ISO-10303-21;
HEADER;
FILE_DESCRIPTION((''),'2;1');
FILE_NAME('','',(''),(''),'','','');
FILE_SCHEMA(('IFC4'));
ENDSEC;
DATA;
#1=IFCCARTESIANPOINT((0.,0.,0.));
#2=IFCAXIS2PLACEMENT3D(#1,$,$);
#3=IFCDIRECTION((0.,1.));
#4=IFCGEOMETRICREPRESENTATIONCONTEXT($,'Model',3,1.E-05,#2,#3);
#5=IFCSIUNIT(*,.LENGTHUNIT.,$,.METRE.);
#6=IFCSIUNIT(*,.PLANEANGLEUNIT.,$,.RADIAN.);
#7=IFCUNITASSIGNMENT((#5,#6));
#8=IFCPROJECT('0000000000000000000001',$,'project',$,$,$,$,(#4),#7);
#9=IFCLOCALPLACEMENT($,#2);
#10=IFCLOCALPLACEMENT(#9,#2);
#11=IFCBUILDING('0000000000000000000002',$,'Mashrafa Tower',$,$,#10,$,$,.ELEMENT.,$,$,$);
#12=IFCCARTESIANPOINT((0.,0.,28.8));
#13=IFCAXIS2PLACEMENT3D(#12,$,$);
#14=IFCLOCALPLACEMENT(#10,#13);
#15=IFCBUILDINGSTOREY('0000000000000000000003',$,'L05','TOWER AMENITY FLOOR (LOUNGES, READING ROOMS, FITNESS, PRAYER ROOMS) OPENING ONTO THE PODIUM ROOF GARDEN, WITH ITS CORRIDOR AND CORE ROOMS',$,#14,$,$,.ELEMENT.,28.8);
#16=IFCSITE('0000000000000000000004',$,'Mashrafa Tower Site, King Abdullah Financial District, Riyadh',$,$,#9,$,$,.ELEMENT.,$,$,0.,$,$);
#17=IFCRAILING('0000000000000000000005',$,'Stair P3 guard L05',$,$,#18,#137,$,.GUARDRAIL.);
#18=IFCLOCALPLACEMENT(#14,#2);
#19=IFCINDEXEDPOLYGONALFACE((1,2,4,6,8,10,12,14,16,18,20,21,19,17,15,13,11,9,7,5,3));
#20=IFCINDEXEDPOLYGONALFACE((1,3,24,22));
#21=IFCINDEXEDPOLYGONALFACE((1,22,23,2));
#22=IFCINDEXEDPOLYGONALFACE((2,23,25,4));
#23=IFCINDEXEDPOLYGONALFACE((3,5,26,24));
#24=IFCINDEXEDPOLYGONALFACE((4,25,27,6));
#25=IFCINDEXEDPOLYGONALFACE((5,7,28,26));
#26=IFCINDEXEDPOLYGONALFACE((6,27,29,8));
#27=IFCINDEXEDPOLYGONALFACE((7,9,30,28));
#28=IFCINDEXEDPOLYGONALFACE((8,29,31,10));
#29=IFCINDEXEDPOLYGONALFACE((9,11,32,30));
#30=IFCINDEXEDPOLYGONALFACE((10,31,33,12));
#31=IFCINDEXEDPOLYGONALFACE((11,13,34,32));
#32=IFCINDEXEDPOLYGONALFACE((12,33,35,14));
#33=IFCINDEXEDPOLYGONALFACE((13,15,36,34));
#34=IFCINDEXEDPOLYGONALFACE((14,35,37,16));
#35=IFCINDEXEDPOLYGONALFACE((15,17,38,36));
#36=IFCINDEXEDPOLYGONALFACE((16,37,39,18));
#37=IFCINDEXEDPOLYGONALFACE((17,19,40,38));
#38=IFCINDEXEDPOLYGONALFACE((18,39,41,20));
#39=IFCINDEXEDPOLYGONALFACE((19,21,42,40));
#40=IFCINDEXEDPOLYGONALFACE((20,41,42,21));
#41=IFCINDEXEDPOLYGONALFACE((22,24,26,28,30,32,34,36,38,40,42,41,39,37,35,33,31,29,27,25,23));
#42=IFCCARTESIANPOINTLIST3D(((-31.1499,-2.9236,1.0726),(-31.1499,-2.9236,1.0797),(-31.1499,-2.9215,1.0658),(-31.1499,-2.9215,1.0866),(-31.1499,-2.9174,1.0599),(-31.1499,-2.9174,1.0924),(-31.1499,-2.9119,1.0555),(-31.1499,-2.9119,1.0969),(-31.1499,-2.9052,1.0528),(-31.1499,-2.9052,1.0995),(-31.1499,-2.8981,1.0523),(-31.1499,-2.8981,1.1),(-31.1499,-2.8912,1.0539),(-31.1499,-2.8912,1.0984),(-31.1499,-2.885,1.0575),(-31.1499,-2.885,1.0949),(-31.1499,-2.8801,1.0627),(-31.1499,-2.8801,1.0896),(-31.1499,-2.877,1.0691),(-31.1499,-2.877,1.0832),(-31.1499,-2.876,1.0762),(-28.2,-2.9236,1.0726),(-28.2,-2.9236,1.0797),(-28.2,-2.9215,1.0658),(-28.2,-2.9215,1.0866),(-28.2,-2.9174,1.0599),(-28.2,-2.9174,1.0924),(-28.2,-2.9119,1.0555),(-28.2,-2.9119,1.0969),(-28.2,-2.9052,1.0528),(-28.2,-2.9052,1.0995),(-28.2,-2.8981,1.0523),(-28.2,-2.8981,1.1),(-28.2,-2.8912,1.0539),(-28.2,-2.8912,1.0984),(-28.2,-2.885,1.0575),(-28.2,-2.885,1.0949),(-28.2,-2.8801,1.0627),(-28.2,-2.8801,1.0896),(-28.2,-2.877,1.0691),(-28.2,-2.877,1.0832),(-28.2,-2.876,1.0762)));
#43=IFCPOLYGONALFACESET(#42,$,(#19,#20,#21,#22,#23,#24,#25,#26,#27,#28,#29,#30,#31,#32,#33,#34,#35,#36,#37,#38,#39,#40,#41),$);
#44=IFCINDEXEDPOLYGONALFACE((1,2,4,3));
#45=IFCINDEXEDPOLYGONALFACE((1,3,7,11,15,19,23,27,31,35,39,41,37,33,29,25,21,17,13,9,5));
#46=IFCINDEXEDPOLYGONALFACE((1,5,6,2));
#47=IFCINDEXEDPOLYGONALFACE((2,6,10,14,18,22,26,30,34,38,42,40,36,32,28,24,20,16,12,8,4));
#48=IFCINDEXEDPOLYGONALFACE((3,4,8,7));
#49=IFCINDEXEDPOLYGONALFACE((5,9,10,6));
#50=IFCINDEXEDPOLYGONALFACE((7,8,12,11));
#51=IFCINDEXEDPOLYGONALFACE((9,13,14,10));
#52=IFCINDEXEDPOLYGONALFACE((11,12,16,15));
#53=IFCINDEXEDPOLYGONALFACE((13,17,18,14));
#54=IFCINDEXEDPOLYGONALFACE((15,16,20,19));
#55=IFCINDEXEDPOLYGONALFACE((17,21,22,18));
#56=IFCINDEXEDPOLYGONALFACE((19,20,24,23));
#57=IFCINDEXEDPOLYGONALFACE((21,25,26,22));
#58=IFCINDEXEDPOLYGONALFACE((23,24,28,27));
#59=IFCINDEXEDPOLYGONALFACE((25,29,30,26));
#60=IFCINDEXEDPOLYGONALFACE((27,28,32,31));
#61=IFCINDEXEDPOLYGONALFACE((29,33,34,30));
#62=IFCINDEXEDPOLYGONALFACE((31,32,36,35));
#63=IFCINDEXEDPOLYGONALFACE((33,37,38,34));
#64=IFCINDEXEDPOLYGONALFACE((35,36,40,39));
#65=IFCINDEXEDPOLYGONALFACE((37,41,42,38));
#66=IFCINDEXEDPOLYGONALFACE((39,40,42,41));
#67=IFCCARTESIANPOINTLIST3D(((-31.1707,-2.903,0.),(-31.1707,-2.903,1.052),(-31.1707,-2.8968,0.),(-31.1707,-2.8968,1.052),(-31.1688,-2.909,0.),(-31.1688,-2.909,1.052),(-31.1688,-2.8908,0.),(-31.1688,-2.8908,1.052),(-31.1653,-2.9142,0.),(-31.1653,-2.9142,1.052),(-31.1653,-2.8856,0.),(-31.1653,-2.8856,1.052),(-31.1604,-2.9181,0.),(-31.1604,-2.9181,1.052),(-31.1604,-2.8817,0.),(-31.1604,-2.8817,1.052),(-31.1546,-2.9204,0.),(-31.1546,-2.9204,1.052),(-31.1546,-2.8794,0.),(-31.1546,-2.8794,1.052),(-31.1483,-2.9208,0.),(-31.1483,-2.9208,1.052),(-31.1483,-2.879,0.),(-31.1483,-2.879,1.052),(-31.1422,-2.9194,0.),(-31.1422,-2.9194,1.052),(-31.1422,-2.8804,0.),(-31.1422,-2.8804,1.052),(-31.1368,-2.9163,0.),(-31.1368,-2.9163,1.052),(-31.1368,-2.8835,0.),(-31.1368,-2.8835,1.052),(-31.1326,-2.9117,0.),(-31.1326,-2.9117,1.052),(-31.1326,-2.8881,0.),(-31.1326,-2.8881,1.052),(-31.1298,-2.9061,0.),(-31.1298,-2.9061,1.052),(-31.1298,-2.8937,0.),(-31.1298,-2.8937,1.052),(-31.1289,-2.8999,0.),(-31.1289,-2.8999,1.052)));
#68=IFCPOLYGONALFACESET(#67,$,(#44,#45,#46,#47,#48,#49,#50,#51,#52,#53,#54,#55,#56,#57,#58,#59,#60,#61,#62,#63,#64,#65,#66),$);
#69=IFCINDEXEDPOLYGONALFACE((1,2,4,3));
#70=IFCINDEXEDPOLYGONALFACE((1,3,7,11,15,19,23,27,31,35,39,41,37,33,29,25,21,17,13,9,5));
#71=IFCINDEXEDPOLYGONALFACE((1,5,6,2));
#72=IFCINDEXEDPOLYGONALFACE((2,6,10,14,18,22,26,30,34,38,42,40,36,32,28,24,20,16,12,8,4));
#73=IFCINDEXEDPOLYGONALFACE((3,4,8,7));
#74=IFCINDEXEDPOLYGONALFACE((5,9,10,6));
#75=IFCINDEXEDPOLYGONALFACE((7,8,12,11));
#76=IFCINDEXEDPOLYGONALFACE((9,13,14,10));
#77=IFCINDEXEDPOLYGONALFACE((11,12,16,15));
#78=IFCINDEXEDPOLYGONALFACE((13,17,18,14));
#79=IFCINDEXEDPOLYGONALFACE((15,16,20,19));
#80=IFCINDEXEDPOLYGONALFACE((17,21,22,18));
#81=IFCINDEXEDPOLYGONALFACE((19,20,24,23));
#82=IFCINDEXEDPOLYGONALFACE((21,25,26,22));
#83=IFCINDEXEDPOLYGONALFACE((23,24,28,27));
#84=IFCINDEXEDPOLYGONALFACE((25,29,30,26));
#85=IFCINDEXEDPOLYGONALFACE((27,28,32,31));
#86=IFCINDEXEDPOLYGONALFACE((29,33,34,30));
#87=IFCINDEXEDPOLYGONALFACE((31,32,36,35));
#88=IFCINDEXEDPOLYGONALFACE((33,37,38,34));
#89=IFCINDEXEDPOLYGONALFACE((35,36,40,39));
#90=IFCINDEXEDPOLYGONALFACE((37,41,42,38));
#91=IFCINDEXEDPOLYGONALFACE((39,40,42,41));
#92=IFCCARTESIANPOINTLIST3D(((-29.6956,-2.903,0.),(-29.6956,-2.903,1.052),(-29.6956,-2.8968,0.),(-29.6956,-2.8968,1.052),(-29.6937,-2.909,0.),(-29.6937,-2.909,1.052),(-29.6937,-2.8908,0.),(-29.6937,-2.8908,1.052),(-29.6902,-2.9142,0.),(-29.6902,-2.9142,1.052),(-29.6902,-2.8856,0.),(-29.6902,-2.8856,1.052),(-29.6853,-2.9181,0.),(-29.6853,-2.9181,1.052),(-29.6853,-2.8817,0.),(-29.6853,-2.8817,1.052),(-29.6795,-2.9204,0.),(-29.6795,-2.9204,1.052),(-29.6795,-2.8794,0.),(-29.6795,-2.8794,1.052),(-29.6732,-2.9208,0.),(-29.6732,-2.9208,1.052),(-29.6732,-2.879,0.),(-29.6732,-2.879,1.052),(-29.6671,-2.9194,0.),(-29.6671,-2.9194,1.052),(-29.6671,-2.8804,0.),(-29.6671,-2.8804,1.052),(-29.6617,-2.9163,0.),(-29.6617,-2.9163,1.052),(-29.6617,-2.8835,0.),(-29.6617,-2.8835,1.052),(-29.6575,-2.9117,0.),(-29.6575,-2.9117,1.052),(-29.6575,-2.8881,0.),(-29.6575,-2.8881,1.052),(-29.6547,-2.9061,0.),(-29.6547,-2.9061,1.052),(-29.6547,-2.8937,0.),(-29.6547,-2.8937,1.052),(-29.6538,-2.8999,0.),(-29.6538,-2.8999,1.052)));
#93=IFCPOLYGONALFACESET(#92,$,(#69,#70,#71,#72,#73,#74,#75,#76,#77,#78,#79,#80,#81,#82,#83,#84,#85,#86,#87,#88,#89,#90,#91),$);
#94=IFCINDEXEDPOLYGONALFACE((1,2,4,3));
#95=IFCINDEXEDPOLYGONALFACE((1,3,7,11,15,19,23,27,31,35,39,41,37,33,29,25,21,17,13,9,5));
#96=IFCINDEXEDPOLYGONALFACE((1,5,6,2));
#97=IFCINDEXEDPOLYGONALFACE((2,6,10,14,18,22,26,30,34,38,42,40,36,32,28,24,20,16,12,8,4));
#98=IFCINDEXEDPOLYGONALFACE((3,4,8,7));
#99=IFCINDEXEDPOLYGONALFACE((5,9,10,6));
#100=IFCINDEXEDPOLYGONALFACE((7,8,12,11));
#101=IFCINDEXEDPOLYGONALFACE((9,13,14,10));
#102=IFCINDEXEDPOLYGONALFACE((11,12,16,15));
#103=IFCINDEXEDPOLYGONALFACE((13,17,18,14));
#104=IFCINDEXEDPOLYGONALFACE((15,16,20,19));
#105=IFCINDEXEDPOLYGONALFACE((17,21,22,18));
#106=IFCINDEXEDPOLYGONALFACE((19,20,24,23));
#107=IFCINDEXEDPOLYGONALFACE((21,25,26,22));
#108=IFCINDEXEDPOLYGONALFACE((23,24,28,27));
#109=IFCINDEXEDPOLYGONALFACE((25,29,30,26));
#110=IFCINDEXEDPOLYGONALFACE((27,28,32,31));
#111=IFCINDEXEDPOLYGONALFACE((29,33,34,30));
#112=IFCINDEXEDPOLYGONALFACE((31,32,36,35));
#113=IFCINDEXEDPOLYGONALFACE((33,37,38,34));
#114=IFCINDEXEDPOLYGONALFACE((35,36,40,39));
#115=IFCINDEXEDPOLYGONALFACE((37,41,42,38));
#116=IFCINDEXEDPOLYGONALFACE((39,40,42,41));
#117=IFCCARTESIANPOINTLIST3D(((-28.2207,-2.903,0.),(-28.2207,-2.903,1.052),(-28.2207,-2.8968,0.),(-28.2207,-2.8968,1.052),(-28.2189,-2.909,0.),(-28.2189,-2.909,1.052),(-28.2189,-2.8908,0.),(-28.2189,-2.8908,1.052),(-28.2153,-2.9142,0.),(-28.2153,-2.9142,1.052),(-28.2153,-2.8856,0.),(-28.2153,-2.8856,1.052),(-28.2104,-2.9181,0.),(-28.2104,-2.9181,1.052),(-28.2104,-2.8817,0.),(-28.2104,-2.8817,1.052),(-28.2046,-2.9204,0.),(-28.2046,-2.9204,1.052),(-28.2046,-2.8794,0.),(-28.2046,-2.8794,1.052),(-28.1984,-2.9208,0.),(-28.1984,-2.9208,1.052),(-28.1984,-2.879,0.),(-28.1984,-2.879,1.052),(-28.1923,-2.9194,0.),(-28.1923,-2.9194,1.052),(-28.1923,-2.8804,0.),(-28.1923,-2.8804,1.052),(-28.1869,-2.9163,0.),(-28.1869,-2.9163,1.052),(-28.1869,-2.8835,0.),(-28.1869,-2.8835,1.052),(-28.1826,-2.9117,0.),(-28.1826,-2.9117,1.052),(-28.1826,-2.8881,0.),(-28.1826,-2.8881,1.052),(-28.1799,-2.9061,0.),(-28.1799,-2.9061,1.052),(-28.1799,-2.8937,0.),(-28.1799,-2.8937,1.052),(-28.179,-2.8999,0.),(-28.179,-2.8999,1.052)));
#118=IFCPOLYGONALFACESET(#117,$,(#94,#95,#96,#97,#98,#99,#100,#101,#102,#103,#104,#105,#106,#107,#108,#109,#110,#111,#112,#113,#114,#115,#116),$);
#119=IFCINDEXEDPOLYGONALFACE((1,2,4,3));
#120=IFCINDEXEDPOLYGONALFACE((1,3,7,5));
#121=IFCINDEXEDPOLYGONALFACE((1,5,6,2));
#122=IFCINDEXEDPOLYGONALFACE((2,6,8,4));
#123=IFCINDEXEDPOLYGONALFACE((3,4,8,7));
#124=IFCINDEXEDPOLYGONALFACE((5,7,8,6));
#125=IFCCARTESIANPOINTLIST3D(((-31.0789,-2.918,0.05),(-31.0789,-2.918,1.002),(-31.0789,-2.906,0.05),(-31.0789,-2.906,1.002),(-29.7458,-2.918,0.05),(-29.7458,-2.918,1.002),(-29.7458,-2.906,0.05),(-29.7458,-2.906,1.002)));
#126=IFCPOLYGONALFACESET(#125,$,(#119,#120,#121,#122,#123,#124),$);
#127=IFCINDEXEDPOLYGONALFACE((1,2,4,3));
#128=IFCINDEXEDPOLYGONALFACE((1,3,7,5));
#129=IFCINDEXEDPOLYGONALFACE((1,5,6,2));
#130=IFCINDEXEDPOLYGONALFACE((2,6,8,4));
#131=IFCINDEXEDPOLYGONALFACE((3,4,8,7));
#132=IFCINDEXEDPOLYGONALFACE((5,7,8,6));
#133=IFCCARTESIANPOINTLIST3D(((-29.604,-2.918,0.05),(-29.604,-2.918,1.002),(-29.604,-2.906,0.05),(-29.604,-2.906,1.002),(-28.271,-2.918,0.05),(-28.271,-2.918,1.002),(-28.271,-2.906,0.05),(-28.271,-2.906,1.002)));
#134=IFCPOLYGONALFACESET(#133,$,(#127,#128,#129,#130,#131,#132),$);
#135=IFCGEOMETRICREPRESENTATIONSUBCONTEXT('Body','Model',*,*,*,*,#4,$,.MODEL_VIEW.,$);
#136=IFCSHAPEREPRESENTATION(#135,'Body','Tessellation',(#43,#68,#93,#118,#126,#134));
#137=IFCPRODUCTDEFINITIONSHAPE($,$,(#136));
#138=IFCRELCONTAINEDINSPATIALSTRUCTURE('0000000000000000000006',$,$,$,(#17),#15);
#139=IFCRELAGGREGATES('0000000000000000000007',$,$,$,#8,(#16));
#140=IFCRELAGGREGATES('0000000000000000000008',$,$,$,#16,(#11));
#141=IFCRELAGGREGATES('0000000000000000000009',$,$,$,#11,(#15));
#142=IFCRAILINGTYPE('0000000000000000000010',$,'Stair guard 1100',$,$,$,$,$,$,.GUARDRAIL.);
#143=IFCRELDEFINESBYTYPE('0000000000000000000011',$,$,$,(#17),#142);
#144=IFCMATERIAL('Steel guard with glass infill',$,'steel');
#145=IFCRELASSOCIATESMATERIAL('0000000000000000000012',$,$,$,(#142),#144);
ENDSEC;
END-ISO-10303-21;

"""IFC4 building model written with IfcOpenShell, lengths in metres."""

from ifc_helpers import new_model, si_unit, direction, frame, origin, origin_2d, place, context, subcontext, project, spatial, polyline, circle, outline, extrude, material, type_object, element, save


model = new_model("IFC4")

# Units and contexts
model_context = context("Model", 3, precision=1e-05, world=origin(), true_north=direction((0.0, 1.0)))
body_context = subcontext(model_context, "Body", "Model", "MODEL_VIEW")
ifc_project = project(units=[si_unit("LENGTHUNIT", "METRE"), si_unit("PLANEANGLEUNIT", "RADIAN")], contexts=[model_context])

# Site, building, storey
site_placement = place(None, origin())
site = spatial("IfcSite", under=ifc_project, at=site_placement, Name="Mashrafa Tower Site, King Abdullah Financial District, Riyadh", CompositionType="ELEMENT", RefElevation=0.0)
building_placement = place(site_placement, origin())
building = spatial("IfcBuilding", under=site, at=building_placement, Name="Mashrafa Tower", CompositionType="ELEMENT")
storey_placement = place(building_placement, frame((0.0, 0.0, 28.8)))
storey = spatial("IfcBuildingStorey", under=building, at=storey_placement, Name="L05", Description="TOWER AMENITY FLOOR (LOUNGES, READING ROOMS, FITNESS, PRAYER ROOMS) OPENING ONTO THE PODIUM ROOF GARDEN, WITH ITS CORRIDOR AND CORE ROOMS", CompositionType="ELEMENT", Elevation=28.8)

# Railing
ifc_material_1 = material(Name="Steel guard with glass infill", Category="steel")
railing_type = type_object("IfcRailingType", Name="Stair guard 1100", PredefinedType="GUARDRAIL", material=ifc_material_1)
railing_placement = place(storey_placement, frame((-31.1499, -2.8999, 0.0)))
element("IfcRailing", 1, at=railing_placement, inside=storey, type_object=railing_type, Name="Stair P3 guard L05", PredefinedType="GUARDRAIL", context=body_context, shape_type="SweptSolid", body=[
    extrude(circle(Radius=0.0239, at=origin_2d()), frame((0.0, 0.0, 1.0762), z_axis=(1.0, 0.0, 0.0), x_axis=(0.0, 1.0, 0.0)), (0.0, 0.0, 1.0), 2.95),
    extrude(circle(Radius=0.021, at=origin_2d()), origin(), (0.0, 0.0, 1.0), 1.052),
    extrude(circle(Radius=0.021, at=origin_2d()), frame((1.4751, 0.0, 0.0)), (0.0, 0.0, 1.0), 1.052),
    extrude(circle(Radius=0.021, at=origin_2d()), frame((2.95, 0.0, 0.0)), (0.0, 0.0, 1.0), 1.052),
    extrude(outline(polyline([(0.071, 0.05), (1.4041, 0.05), (1.4041, 1.002), (0.071, 1.002), (0.071, 0.05)])), frame((0.0, -0.0061, 0.0), z_axis=(0.0, -1.0, 0.0), x_axis=(1.0, 0.0, 0.0)), (0.0, 0.0, 1.0), 0.012),
    extrude(outline(polyline([(1.5459, 0.05), (2.8789, 0.05), (2.8789, 1.002), (1.5459, 1.002), (1.5459, 0.05)])), frame((0.0, -0.0061, 0.0), z_axis=(0.0, -1.0, 0.0), x_axis=(1.0, 0.0, 0.0)), (0.0, 0.0, 1.0), 0.012),
])

save(model, "model.ifc")
